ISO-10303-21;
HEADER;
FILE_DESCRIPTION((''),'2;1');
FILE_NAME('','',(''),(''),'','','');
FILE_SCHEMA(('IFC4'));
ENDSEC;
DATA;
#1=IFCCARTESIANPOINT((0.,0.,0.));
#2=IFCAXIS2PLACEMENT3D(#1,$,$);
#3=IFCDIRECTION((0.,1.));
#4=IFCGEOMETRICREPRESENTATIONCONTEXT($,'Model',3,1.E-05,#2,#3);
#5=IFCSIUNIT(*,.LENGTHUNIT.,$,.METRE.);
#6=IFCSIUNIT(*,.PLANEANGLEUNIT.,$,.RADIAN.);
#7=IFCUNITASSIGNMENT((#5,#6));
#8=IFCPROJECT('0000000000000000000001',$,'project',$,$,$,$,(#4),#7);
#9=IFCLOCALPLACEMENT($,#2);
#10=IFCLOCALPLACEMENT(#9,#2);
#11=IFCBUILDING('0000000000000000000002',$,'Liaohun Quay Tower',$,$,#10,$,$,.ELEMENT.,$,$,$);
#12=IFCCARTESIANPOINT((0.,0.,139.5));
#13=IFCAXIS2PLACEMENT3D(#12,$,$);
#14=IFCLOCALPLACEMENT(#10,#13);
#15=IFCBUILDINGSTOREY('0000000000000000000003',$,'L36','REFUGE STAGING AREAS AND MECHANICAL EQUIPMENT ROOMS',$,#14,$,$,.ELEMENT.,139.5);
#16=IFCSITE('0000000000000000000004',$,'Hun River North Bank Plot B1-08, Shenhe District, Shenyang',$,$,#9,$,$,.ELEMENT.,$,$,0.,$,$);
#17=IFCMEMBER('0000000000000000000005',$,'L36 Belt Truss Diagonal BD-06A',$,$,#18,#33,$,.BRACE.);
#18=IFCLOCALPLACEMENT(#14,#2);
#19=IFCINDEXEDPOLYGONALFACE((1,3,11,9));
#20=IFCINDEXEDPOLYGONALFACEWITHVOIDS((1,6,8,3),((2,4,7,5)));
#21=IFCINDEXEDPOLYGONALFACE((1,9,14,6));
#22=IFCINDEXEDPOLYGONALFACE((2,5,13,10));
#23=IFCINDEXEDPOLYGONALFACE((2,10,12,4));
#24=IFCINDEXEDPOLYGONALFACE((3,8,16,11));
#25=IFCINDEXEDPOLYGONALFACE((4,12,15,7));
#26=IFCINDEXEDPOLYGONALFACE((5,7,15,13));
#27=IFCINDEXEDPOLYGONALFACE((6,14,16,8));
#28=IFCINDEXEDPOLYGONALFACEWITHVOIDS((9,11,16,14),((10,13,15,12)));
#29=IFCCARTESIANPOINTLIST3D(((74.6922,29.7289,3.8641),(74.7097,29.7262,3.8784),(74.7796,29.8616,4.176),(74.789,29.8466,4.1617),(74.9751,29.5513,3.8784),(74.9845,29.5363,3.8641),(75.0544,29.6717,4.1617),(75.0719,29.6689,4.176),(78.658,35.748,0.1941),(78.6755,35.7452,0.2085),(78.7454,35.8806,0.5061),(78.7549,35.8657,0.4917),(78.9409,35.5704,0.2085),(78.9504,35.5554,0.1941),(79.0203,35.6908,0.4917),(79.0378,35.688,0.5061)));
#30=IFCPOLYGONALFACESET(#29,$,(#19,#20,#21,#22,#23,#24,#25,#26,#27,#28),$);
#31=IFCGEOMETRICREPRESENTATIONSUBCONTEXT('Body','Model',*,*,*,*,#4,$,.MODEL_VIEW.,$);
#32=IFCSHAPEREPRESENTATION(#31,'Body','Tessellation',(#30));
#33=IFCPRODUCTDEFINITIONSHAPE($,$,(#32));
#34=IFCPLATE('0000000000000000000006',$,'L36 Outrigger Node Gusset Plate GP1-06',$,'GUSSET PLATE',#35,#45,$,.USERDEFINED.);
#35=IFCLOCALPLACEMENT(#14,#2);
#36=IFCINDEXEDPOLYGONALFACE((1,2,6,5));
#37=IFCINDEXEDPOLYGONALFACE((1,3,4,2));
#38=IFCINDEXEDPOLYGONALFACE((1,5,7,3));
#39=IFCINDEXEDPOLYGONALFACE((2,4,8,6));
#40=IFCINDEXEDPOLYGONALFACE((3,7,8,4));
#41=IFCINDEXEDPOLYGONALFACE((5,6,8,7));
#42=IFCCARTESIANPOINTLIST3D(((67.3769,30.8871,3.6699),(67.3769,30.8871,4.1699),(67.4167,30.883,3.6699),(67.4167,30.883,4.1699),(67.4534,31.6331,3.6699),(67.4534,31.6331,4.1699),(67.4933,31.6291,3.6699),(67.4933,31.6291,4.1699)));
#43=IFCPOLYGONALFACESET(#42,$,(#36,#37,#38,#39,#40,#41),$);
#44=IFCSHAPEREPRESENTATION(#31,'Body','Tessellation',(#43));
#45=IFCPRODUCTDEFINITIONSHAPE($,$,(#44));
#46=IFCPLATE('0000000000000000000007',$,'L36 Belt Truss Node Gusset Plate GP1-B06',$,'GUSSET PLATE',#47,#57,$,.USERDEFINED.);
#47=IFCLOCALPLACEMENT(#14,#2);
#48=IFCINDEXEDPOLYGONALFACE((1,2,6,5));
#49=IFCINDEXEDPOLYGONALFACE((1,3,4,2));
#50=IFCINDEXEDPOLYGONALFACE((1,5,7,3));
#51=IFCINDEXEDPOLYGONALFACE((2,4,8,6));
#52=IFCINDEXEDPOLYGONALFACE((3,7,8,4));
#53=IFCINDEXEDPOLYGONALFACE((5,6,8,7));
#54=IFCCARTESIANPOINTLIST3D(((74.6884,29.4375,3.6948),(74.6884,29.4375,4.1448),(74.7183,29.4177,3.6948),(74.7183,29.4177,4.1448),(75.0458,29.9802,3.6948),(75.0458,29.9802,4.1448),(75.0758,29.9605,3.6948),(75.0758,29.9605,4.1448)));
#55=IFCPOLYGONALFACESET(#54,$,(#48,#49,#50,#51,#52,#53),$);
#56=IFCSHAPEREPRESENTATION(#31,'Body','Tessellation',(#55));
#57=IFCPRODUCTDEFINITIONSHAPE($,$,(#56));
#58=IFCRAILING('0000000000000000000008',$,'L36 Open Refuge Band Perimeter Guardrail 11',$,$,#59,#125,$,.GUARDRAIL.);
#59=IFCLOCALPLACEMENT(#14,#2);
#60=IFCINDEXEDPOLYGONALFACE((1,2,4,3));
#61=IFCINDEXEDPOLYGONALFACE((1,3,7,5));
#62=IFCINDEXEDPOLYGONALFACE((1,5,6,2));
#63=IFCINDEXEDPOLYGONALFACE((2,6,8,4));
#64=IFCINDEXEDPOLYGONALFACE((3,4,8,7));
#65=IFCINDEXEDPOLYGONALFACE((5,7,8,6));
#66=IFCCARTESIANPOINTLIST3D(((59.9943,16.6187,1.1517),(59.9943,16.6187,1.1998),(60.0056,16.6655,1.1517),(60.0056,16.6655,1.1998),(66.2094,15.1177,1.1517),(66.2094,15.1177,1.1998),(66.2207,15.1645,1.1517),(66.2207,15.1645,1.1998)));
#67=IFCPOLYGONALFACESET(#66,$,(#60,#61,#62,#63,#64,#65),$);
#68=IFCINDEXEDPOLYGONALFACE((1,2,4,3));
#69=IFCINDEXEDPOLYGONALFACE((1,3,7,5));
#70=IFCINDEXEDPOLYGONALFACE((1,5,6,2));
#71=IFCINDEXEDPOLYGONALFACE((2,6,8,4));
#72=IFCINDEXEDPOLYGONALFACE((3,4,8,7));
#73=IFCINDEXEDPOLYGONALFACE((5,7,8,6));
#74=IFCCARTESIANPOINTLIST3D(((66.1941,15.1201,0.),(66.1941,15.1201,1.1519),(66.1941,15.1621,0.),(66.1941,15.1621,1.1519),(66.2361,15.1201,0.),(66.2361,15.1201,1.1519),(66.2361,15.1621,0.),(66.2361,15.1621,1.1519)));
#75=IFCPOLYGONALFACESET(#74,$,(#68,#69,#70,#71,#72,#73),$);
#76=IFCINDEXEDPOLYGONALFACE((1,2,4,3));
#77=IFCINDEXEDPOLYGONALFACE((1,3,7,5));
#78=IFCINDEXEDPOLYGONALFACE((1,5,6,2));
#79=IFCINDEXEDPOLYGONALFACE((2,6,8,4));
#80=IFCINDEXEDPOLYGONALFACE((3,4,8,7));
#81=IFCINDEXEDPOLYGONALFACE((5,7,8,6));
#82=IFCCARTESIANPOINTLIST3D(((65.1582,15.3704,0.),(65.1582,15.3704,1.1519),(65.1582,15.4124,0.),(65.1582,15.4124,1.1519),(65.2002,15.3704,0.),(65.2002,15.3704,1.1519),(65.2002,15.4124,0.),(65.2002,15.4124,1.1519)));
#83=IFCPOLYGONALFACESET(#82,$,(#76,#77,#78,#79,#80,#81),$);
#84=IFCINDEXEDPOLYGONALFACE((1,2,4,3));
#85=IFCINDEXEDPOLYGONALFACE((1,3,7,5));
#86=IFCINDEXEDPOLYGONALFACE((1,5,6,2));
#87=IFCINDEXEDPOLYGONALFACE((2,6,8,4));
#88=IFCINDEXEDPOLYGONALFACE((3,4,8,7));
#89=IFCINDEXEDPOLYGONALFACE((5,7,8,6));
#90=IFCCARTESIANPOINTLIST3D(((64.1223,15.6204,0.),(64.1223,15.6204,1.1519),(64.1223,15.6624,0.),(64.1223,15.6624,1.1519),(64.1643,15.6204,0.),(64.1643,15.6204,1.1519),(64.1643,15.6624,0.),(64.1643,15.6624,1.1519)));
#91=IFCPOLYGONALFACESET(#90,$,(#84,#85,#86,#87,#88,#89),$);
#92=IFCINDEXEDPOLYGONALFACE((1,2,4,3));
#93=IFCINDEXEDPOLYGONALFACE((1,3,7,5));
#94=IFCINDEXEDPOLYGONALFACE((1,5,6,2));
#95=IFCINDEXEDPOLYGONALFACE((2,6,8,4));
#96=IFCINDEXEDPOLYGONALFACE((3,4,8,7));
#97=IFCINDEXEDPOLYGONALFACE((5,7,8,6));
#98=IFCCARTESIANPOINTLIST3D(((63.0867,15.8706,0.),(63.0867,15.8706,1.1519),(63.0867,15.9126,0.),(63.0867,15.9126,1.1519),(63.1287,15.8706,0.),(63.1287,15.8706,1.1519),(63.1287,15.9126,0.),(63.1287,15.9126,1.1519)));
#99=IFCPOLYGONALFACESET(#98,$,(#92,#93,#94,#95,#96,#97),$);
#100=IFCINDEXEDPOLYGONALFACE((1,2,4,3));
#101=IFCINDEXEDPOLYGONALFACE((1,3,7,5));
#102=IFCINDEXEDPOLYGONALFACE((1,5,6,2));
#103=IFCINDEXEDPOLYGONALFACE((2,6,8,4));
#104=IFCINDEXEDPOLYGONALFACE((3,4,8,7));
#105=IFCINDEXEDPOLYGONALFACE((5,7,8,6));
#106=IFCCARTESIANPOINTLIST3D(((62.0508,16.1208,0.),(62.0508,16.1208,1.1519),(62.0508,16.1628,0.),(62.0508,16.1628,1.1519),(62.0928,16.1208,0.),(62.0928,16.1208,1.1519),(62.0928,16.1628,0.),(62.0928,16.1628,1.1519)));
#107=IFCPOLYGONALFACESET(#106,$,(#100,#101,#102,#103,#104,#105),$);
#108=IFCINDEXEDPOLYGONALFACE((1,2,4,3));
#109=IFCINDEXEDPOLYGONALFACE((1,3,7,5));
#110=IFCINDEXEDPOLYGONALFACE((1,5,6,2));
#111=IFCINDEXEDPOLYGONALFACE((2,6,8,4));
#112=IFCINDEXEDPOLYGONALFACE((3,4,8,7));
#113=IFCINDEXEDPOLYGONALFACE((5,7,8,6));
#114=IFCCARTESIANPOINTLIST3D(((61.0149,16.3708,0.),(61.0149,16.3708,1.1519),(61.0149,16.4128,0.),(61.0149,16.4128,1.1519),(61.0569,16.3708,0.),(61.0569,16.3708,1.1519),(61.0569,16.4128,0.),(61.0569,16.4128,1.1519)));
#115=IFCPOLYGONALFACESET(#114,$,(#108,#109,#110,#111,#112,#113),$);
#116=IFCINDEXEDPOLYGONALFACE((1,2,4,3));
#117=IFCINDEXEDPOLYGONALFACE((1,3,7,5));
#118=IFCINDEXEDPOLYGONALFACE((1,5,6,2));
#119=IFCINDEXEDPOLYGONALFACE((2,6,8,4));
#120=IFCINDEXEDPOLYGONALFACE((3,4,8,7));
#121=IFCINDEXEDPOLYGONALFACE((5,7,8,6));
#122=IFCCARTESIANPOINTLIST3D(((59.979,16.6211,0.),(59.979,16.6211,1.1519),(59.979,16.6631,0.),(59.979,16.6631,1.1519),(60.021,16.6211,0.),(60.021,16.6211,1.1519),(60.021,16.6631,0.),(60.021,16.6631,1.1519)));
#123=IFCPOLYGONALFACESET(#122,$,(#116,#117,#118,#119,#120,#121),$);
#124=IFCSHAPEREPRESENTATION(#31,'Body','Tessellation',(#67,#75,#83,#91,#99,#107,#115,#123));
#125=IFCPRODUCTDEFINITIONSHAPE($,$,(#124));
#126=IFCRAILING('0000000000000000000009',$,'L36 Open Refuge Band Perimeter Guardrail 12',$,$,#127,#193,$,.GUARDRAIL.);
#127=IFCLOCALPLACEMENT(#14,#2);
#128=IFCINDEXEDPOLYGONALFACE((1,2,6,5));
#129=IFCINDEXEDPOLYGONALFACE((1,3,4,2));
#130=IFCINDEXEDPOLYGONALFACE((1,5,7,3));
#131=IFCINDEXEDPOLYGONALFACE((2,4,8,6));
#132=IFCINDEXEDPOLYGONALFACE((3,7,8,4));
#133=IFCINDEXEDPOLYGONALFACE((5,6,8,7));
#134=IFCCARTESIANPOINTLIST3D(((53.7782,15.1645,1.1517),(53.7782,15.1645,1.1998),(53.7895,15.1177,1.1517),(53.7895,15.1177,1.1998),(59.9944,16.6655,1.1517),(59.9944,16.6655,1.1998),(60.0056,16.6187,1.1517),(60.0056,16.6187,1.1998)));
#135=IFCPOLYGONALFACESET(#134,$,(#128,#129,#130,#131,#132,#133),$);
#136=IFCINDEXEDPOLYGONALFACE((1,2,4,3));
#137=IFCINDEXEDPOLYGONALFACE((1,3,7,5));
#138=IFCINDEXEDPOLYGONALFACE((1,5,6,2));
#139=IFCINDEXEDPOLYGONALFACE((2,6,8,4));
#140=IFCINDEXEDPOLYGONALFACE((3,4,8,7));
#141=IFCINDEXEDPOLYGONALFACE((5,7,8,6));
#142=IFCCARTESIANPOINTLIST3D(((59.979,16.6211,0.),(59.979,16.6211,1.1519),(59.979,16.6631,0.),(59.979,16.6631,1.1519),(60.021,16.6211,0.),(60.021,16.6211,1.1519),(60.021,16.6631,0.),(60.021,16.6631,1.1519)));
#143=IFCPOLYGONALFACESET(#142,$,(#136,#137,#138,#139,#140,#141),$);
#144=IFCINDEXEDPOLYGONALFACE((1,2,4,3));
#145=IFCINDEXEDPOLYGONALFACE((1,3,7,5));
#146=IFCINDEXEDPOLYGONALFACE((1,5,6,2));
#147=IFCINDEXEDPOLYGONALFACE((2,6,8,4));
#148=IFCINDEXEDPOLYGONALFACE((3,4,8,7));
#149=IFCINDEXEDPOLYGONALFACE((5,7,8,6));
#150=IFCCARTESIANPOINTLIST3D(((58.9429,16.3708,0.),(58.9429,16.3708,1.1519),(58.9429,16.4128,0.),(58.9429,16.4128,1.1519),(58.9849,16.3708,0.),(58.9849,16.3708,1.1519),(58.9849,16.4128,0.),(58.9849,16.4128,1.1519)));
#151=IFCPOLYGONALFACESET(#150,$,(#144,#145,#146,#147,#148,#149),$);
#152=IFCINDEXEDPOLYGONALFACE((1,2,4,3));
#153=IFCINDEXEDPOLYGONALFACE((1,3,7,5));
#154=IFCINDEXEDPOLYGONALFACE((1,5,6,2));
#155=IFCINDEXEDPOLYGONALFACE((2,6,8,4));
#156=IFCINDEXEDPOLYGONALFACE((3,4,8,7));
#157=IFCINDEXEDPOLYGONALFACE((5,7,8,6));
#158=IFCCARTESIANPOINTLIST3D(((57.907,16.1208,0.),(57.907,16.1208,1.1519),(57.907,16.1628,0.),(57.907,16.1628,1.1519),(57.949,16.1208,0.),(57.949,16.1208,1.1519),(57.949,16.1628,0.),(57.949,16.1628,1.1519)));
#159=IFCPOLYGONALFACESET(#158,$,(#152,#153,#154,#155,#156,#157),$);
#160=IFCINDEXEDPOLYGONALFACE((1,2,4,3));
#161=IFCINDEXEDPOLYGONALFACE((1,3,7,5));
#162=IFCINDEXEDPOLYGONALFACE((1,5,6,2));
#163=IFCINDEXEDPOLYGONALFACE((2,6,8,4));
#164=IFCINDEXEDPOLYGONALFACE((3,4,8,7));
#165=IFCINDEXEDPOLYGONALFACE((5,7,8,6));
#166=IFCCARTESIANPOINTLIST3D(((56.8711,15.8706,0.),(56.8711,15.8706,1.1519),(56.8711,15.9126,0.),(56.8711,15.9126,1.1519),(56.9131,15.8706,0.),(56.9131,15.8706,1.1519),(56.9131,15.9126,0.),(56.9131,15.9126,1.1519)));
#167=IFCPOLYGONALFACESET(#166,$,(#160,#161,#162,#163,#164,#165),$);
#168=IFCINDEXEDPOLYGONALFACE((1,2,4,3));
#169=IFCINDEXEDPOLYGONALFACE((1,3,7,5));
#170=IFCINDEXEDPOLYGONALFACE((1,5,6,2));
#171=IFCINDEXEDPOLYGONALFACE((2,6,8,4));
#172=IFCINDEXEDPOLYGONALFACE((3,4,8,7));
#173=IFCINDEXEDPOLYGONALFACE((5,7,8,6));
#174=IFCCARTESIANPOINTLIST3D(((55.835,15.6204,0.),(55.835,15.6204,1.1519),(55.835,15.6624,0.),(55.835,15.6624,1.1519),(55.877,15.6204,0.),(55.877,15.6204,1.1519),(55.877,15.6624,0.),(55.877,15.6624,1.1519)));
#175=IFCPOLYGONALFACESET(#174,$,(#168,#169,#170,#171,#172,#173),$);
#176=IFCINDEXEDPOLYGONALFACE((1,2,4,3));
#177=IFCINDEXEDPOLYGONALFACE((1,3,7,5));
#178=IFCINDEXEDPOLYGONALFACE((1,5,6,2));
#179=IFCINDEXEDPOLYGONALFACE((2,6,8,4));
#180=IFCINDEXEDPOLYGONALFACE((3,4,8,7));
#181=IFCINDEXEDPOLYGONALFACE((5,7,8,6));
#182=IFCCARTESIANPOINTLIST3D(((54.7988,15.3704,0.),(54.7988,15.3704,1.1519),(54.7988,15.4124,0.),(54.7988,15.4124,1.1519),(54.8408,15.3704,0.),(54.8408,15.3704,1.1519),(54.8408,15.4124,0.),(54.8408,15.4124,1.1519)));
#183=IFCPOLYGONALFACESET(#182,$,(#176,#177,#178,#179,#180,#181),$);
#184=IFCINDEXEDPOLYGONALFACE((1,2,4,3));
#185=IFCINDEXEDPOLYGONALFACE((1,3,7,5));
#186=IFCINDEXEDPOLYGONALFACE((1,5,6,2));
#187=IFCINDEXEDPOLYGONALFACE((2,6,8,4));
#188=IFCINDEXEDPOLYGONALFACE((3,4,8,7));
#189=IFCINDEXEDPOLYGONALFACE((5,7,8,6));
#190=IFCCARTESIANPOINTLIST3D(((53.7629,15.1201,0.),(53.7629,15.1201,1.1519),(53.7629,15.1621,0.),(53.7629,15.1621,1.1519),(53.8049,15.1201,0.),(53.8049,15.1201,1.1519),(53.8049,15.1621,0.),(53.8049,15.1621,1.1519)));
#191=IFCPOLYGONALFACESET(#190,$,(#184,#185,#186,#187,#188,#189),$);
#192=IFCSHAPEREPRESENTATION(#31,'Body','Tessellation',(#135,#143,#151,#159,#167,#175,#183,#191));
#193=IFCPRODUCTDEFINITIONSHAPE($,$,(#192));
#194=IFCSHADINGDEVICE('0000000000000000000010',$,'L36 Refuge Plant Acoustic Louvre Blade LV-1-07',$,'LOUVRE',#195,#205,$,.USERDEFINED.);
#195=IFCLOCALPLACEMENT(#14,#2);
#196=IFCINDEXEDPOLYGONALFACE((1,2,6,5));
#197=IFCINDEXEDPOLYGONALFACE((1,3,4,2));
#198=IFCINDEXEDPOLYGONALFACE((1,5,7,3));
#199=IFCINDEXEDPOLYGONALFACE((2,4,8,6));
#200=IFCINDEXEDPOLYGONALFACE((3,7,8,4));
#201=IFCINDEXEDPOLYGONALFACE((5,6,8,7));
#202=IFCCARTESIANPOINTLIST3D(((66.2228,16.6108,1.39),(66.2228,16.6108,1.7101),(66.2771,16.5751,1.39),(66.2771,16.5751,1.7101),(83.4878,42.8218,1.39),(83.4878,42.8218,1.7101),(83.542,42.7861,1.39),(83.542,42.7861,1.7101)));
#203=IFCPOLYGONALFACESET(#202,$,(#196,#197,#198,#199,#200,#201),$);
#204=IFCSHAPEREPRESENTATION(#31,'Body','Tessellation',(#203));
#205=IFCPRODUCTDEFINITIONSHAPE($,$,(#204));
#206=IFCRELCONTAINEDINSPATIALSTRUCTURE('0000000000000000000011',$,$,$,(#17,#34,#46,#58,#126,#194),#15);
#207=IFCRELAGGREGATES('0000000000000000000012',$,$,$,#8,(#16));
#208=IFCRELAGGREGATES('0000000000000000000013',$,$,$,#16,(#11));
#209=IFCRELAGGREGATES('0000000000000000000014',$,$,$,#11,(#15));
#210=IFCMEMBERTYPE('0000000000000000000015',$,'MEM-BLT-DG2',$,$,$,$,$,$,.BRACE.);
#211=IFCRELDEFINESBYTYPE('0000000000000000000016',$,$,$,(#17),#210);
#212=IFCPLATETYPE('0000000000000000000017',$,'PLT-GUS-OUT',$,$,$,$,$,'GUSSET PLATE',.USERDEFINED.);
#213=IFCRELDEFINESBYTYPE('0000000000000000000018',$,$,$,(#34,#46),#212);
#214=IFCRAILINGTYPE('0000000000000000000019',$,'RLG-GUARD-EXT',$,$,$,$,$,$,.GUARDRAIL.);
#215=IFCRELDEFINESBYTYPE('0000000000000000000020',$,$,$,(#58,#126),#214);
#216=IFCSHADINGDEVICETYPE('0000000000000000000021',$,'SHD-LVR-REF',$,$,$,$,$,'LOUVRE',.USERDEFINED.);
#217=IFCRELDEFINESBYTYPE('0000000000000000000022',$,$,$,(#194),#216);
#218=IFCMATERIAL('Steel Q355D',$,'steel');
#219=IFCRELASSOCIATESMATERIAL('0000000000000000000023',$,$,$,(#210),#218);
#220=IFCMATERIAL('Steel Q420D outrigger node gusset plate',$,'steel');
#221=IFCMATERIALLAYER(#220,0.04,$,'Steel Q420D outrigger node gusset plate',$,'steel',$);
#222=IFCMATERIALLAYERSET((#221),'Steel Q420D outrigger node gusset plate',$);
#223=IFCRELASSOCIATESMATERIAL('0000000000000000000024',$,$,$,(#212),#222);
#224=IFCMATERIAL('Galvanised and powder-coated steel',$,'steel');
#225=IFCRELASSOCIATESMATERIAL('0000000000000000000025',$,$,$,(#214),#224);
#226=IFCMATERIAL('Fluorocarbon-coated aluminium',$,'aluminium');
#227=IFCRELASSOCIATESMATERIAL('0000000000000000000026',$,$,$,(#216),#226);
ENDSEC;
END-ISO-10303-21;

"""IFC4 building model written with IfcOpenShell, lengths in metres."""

from ifc_helpers import new_model, si_unit, direction, frame, origin, origin_2d, place, context, subcontext, project, spatial, rectangle, hollow_rectangle, extrude, source, transform, mapped, material, layer, layer_set, material_profile, profile_set, type_object, element, save


model = new_model("IFC4")

# Units and contexts
model_context = context("Model", 3, precision=1e-05, world=origin(), true_north=direction((0.0, 1.0)))
body_context = subcontext(model_context, "Body", "Model", "MODEL_VIEW")
ifc_project = project(units=[si_unit("LENGTHUNIT", "METRE"), si_unit("PLANEANGLEUNIT", "RADIAN")], contexts=[model_context])

# Site, building, storey
site_placement = place(None, origin())
site = spatial("IfcSite", under=ifc_project, at=site_placement, Name="Hun River North Bank Plot B1-08, Shenhe District, Shenyang", CompositionType="ELEMENT", RefElevation=0.0)
building_placement = place(site_placement, origin())
building = spatial("IfcBuilding", under=site, at=building_placement, Name="Liaohun Quay Tower", CompositionType="ELEMENT")
storey_placement = place(building_placement, frame((0.0, 0.0, 139.5)))
storey = spatial("IfcBuildingStorey", under=building, at=storey_placement, Name="L36", Description="REFUGE STAGING AREAS AND MECHANICAL EQUIPMENT ROOMS", CompositionType="ELEMENT", Elevation=139.5)

# Shared definitions
ifc_material_1 = material(Name="Steel Q355D", Category="steel")

# Member
ifc_material_profile_1 = material_profile(ifc_material_1, hollow_rectangle(XDim=0.3501, YDim=0.3501, WallThickness=0.0161, at=origin_2d()), Name="SHS350x350x16")
ifc_profile_set_1 = profile_set([ifc_material_profile_1], Name="Steel Q355D")
member_type_1 = type_object("IfcMemberType", Name="MEM-BLT-DG2", PredefinedType="BRACE", material=ifc_profile_set_1)
shared_shape_1 = source(origin(), body_context, "Body", "SweptSolid", [
    extrude(hollow_rectangle(XDim=0.3501, YDim=0.3501, WallThickness=0.0161, at=origin_2d()), origin(), (0.0, 0.0, 1.0), 8.0886),
])
member_1_placement = place(storey_placement, frame((78.8479, 35.718, 0.3501), z_axis=(-0.490299, -0.744142, 0.453717), x_axis=(0.83504, -0.55019, 0.0)))
element("IfcMember", 1, at=member_1_placement, inside=storey, type_object=member_type_1, Name="L36 Belt Truss Diagonal BD-06A", PredefinedType="BRACE", context=body_context, shape_type="MappedRepresentation", body=[
    mapped(shared_shape_1, transform((0.0, 0.0, 0.0), x_axis=(1.0, 0.0, 0.0), y_axis=(0.0, 1.0, 0.0), z_axis=(0.0, 0.0, 1.0), scale=1.0)),
])

# Plates
ifc_material_2 = material(Name="Steel Q420D outrigger node gusset plate", Category="steel")
ifc_layer = layer(ifc_material_2, 0.04, Name="Steel Q420D outrigger node gusset plate", Category="steel")
ifc_layer_set = layer_set([ifc_layer], Name="Steel Q420D outrigger node gusset plate")
plate_type = type_object("IfcPlateType", Name="PLT-GUS-OUT", ElementType="GUSSET PLATE", PredefinedType="USERDEFINED", material=ifc_layer_set)
shared_shape_2 = source(origin(), body_context, "Body", "SweptSolid", [
    extrude(rectangle(XDim=0.75, YDim=0.04, at=origin_2d()), origin(), (0.0, 0.0, 1.0), 0.5),
])
plate_1_placement = place(storey_placement, frame((67.4351, 31.2581, 3.6699), z_axis=(0.0, 0.0, 1.0), x_axis=(-0.102098, -0.994774, 0.0)))
element("IfcPlate", 2, at=plate_1_placement, inside=storey, type_object=plate_type, Name="L36 Outrigger Node Gusset Plate GP1-06", ObjectType="GUSSET PLATE", PredefinedType="USERDEFINED", context=body_context, shape_type="MappedRepresentation", body=[
    mapped(shared_shape_2, transform((0.0, 0.0, 0.0), x_axis=(1.0, 0.0, 0.0), y_axis=(0.0, 1.0, 0.0), z_axis=(0.0, 0.0, 1.0), scale=1.0)),
])
shared_shape_3 = source(origin(), body_context, "Body", "SweptSolid", [
    extrude(rectangle(XDim=0.6499, YDim=0.0359, at=origin_2d()), origin(), (0.0, 0.0, 1.0), 0.45),
])
plate_2_placement = place(storey_placement, frame((74.8821, 29.699, 3.6948), z_axis=(0.0, 0.0, 1.0), x_axis=(-0.550044, -0.835136, 0.0)))
element("IfcPlate", 3, at=plate_2_placement, inside=storey, type_object=plate_type, Name="L36 Belt Truss Node Gusset Plate GP1-B06", ObjectType="GUSSET PLATE", PredefinedType="USERDEFINED", context=body_context, shape_type="MappedRepresentation", body=[
    mapped(shared_shape_3, transform((0.0, 0.0, 0.0), x_axis=(1.0, 0.0, 0.0), y_axis=(0.0, 1.0, 0.0), z_axis=(0.0, 0.0, 1.0), scale=1.0)),
])

# Railings
ifc_material_3 = material(Name="Galvanised and powder-coated steel", Category="steel")
railing_type = type_object("IfcRailingType", Name="RLG-GUARD-EXT", PredefinedType="GUARDRAIL", material=ifc_material_3)
railing_1_placement = place(storey_placement, frame((66.2151, 15.1411, 0.0)))
element("IfcRailing", 4, at=railing_1_placement, inside=storey, type_object=railing_type, Name="L36 Open Refuge Band Perimeter Guardrail 11", PredefinedType="GUARDRAIL", context=body_context, shape_type="SweptSolid", body=[
    extrude(rectangle(XDim=0.0481, YDim=0.0481, at=origin_2d()), frame((0.0, 0.0, 1.1758), z_axis=(-0.972054, 0.234756, 0.0), x_axis=(-0.234756, -0.972054, 0.0)), (0.0, 0.0, 1.0), 6.3938),
    extrude(rectangle(XDim=0.042, YDim=0.042, at=origin_2d()), origin(), (0.0, 0.0, 1.0), 1.1519),
    extrude(rectangle(XDim=0.042, YDim=0.042, at=origin_2d()), frame((-1.0359, 0.2502, 0.0)), (0.0, 0.0, 1.0), 1.1519),
    extrude(rectangle(XDim=0.042, YDim=0.042, at=origin_2d()), frame((-2.0718, 0.5002, 0.0)), (0.0, 0.0, 1.0), 1.1519),
    extrude(rectangle(XDim=0.042, YDim=0.042, at=origin_2d()), frame((-3.1074, 0.7505, 0.0)), (0.0, 0.0, 1.0), 1.1519),
    extrude(rectangle(XDim=0.042, YDim=0.042, at=origin_2d()), frame((-4.1433, 1.0007, 0.0)), (0.0, 0.0, 1.0), 1.1519),
    extrude(rectangle(XDim=0.042, YDim=0.042, at=origin_2d()), frame((-5.1792, 1.2507, 0.0)), (0.0, 0.0, 1.0), 1.1519),
    extrude(rectangle(XDim=0.042, YDim=0.042, at=origin_2d()), frame((-6.2151, 1.501, 0.0)), (0.0, 0.0, 1.0), 1.1519),
])
railing_2_placement = place(storey_placement, frame((60.0, 16.6421, 0.0)))
element("IfcRailing", 5, at=railing_2_placement, inside=storey, type_object=railing_type, Name="L36 Open Refuge Band Perimeter Guardrail 12", PredefinedType="GUARDRAIL", context=body_context, shape_type="SweptSolid", body=[
    extrude(rectangle(XDim=0.0481, YDim=0.0481, at=origin_2d()), frame((0.0, 0.0, 1.1758), z_axis=(-0.972063, -0.234721, 0.0), x_axis=(0.234721, -0.972063, 0.0)), (0.0, 0.0, 1.0), 6.3948),
    extrude(rectangle(XDim=0.042, YDim=0.042, at=origin_2d()), origin(), (0.0, 0.0, 1.0), 1.1519),
    extrude(rectangle(XDim=0.042, YDim=0.042, at=origin_2d()), frame((-1.0361, -0.2502, 0.0)), (0.0, 0.0, 1.0), 1.1519),
    extrude(rectangle(XDim=0.042, YDim=0.042, at=origin_2d()), frame((-2.072, -0.5002, 0.0)), (0.0, 0.0, 1.0), 1.1519),
    extrude(rectangle(XDim=0.042, YDim=0.042, at=origin_2d()), frame((-3.1079, -0.7505, 0.0)), (0.0, 0.0, 1.0), 1.1519),
    extrude(rectangle(XDim=0.042, YDim=0.042, at=origin_2d()), frame((-4.144, -1.0007, 0.0)), (0.0, 0.0, 1.0), 1.1519),
    extrude(rectangle(XDim=0.042, YDim=0.042, at=origin_2d()), frame((-5.1802, -1.2507, 0.0)), (0.0, 0.0, 1.0), 1.1519),
    extrude(rectangle(XDim=0.042, YDim=0.042, at=origin_2d()), frame((-6.2161, -1.501, 0.0)), (0.0, 0.0, 1.0), 1.1519),
])

# Shading device
ifc_material_4 = material(Name="Fluorocarbon-coated aluminium", Category="aluminium")
ifc_material_profile_2 = material_profile(ifc_material_4, rectangle(XDim=0.0649, YDim=0.3201, at=origin_2d()), Name="ALU-LVR-320x65")
ifc_profile_set_2 = profile_set([ifc_material_profile_2], Name="Fluorocarbon-coated aluminium")
shading_device_type = type_object("IfcShadingDeviceType", Name="SHD-LVR-REF", ElementType="LOUVRE", PredefinedType="USERDEFINED", material=ifc_profile_set_2)
shared_shape_4 = source(origin(), body_context, "Body", "SweptSolid", [
    extrude(rectangle(XDim=0.0649, YDim=0.3201, at=origin_2d()), origin(), (0.0, 0.0, 1.0), 31.3862),
])
for number, where, z_axis, x_axis, name in (
    (6, (83.5149, 42.804, 1.55), (-0.55008, -0.835112, 0.0), (0.835112, -0.55008, 0.0), "L36 Refuge Plant Acoustic Louvre Blade LV-1-07"),
):
    element("IfcShadingDevice", number, at=place(storey_placement, frame(where, z_axis=z_axis, x_axis=x_axis)), inside=storey, type_object=shading_device_type, Name=name, ObjectType="LOUVRE", PredefinedType="USERDEFINED", context=body_context, shape_type="MappedRepresentation", body=[
        mapped(shared_shape_4, transform((0.0, 0.0, 0.0), x_axis=(1.0, 0.0, 0.0), y_axis=(0.0, 1.0, 0.0), z_axis=(0.0, 0.0, 1.0), scale=1.0)),
    ])

save(model, "model.ifc")
